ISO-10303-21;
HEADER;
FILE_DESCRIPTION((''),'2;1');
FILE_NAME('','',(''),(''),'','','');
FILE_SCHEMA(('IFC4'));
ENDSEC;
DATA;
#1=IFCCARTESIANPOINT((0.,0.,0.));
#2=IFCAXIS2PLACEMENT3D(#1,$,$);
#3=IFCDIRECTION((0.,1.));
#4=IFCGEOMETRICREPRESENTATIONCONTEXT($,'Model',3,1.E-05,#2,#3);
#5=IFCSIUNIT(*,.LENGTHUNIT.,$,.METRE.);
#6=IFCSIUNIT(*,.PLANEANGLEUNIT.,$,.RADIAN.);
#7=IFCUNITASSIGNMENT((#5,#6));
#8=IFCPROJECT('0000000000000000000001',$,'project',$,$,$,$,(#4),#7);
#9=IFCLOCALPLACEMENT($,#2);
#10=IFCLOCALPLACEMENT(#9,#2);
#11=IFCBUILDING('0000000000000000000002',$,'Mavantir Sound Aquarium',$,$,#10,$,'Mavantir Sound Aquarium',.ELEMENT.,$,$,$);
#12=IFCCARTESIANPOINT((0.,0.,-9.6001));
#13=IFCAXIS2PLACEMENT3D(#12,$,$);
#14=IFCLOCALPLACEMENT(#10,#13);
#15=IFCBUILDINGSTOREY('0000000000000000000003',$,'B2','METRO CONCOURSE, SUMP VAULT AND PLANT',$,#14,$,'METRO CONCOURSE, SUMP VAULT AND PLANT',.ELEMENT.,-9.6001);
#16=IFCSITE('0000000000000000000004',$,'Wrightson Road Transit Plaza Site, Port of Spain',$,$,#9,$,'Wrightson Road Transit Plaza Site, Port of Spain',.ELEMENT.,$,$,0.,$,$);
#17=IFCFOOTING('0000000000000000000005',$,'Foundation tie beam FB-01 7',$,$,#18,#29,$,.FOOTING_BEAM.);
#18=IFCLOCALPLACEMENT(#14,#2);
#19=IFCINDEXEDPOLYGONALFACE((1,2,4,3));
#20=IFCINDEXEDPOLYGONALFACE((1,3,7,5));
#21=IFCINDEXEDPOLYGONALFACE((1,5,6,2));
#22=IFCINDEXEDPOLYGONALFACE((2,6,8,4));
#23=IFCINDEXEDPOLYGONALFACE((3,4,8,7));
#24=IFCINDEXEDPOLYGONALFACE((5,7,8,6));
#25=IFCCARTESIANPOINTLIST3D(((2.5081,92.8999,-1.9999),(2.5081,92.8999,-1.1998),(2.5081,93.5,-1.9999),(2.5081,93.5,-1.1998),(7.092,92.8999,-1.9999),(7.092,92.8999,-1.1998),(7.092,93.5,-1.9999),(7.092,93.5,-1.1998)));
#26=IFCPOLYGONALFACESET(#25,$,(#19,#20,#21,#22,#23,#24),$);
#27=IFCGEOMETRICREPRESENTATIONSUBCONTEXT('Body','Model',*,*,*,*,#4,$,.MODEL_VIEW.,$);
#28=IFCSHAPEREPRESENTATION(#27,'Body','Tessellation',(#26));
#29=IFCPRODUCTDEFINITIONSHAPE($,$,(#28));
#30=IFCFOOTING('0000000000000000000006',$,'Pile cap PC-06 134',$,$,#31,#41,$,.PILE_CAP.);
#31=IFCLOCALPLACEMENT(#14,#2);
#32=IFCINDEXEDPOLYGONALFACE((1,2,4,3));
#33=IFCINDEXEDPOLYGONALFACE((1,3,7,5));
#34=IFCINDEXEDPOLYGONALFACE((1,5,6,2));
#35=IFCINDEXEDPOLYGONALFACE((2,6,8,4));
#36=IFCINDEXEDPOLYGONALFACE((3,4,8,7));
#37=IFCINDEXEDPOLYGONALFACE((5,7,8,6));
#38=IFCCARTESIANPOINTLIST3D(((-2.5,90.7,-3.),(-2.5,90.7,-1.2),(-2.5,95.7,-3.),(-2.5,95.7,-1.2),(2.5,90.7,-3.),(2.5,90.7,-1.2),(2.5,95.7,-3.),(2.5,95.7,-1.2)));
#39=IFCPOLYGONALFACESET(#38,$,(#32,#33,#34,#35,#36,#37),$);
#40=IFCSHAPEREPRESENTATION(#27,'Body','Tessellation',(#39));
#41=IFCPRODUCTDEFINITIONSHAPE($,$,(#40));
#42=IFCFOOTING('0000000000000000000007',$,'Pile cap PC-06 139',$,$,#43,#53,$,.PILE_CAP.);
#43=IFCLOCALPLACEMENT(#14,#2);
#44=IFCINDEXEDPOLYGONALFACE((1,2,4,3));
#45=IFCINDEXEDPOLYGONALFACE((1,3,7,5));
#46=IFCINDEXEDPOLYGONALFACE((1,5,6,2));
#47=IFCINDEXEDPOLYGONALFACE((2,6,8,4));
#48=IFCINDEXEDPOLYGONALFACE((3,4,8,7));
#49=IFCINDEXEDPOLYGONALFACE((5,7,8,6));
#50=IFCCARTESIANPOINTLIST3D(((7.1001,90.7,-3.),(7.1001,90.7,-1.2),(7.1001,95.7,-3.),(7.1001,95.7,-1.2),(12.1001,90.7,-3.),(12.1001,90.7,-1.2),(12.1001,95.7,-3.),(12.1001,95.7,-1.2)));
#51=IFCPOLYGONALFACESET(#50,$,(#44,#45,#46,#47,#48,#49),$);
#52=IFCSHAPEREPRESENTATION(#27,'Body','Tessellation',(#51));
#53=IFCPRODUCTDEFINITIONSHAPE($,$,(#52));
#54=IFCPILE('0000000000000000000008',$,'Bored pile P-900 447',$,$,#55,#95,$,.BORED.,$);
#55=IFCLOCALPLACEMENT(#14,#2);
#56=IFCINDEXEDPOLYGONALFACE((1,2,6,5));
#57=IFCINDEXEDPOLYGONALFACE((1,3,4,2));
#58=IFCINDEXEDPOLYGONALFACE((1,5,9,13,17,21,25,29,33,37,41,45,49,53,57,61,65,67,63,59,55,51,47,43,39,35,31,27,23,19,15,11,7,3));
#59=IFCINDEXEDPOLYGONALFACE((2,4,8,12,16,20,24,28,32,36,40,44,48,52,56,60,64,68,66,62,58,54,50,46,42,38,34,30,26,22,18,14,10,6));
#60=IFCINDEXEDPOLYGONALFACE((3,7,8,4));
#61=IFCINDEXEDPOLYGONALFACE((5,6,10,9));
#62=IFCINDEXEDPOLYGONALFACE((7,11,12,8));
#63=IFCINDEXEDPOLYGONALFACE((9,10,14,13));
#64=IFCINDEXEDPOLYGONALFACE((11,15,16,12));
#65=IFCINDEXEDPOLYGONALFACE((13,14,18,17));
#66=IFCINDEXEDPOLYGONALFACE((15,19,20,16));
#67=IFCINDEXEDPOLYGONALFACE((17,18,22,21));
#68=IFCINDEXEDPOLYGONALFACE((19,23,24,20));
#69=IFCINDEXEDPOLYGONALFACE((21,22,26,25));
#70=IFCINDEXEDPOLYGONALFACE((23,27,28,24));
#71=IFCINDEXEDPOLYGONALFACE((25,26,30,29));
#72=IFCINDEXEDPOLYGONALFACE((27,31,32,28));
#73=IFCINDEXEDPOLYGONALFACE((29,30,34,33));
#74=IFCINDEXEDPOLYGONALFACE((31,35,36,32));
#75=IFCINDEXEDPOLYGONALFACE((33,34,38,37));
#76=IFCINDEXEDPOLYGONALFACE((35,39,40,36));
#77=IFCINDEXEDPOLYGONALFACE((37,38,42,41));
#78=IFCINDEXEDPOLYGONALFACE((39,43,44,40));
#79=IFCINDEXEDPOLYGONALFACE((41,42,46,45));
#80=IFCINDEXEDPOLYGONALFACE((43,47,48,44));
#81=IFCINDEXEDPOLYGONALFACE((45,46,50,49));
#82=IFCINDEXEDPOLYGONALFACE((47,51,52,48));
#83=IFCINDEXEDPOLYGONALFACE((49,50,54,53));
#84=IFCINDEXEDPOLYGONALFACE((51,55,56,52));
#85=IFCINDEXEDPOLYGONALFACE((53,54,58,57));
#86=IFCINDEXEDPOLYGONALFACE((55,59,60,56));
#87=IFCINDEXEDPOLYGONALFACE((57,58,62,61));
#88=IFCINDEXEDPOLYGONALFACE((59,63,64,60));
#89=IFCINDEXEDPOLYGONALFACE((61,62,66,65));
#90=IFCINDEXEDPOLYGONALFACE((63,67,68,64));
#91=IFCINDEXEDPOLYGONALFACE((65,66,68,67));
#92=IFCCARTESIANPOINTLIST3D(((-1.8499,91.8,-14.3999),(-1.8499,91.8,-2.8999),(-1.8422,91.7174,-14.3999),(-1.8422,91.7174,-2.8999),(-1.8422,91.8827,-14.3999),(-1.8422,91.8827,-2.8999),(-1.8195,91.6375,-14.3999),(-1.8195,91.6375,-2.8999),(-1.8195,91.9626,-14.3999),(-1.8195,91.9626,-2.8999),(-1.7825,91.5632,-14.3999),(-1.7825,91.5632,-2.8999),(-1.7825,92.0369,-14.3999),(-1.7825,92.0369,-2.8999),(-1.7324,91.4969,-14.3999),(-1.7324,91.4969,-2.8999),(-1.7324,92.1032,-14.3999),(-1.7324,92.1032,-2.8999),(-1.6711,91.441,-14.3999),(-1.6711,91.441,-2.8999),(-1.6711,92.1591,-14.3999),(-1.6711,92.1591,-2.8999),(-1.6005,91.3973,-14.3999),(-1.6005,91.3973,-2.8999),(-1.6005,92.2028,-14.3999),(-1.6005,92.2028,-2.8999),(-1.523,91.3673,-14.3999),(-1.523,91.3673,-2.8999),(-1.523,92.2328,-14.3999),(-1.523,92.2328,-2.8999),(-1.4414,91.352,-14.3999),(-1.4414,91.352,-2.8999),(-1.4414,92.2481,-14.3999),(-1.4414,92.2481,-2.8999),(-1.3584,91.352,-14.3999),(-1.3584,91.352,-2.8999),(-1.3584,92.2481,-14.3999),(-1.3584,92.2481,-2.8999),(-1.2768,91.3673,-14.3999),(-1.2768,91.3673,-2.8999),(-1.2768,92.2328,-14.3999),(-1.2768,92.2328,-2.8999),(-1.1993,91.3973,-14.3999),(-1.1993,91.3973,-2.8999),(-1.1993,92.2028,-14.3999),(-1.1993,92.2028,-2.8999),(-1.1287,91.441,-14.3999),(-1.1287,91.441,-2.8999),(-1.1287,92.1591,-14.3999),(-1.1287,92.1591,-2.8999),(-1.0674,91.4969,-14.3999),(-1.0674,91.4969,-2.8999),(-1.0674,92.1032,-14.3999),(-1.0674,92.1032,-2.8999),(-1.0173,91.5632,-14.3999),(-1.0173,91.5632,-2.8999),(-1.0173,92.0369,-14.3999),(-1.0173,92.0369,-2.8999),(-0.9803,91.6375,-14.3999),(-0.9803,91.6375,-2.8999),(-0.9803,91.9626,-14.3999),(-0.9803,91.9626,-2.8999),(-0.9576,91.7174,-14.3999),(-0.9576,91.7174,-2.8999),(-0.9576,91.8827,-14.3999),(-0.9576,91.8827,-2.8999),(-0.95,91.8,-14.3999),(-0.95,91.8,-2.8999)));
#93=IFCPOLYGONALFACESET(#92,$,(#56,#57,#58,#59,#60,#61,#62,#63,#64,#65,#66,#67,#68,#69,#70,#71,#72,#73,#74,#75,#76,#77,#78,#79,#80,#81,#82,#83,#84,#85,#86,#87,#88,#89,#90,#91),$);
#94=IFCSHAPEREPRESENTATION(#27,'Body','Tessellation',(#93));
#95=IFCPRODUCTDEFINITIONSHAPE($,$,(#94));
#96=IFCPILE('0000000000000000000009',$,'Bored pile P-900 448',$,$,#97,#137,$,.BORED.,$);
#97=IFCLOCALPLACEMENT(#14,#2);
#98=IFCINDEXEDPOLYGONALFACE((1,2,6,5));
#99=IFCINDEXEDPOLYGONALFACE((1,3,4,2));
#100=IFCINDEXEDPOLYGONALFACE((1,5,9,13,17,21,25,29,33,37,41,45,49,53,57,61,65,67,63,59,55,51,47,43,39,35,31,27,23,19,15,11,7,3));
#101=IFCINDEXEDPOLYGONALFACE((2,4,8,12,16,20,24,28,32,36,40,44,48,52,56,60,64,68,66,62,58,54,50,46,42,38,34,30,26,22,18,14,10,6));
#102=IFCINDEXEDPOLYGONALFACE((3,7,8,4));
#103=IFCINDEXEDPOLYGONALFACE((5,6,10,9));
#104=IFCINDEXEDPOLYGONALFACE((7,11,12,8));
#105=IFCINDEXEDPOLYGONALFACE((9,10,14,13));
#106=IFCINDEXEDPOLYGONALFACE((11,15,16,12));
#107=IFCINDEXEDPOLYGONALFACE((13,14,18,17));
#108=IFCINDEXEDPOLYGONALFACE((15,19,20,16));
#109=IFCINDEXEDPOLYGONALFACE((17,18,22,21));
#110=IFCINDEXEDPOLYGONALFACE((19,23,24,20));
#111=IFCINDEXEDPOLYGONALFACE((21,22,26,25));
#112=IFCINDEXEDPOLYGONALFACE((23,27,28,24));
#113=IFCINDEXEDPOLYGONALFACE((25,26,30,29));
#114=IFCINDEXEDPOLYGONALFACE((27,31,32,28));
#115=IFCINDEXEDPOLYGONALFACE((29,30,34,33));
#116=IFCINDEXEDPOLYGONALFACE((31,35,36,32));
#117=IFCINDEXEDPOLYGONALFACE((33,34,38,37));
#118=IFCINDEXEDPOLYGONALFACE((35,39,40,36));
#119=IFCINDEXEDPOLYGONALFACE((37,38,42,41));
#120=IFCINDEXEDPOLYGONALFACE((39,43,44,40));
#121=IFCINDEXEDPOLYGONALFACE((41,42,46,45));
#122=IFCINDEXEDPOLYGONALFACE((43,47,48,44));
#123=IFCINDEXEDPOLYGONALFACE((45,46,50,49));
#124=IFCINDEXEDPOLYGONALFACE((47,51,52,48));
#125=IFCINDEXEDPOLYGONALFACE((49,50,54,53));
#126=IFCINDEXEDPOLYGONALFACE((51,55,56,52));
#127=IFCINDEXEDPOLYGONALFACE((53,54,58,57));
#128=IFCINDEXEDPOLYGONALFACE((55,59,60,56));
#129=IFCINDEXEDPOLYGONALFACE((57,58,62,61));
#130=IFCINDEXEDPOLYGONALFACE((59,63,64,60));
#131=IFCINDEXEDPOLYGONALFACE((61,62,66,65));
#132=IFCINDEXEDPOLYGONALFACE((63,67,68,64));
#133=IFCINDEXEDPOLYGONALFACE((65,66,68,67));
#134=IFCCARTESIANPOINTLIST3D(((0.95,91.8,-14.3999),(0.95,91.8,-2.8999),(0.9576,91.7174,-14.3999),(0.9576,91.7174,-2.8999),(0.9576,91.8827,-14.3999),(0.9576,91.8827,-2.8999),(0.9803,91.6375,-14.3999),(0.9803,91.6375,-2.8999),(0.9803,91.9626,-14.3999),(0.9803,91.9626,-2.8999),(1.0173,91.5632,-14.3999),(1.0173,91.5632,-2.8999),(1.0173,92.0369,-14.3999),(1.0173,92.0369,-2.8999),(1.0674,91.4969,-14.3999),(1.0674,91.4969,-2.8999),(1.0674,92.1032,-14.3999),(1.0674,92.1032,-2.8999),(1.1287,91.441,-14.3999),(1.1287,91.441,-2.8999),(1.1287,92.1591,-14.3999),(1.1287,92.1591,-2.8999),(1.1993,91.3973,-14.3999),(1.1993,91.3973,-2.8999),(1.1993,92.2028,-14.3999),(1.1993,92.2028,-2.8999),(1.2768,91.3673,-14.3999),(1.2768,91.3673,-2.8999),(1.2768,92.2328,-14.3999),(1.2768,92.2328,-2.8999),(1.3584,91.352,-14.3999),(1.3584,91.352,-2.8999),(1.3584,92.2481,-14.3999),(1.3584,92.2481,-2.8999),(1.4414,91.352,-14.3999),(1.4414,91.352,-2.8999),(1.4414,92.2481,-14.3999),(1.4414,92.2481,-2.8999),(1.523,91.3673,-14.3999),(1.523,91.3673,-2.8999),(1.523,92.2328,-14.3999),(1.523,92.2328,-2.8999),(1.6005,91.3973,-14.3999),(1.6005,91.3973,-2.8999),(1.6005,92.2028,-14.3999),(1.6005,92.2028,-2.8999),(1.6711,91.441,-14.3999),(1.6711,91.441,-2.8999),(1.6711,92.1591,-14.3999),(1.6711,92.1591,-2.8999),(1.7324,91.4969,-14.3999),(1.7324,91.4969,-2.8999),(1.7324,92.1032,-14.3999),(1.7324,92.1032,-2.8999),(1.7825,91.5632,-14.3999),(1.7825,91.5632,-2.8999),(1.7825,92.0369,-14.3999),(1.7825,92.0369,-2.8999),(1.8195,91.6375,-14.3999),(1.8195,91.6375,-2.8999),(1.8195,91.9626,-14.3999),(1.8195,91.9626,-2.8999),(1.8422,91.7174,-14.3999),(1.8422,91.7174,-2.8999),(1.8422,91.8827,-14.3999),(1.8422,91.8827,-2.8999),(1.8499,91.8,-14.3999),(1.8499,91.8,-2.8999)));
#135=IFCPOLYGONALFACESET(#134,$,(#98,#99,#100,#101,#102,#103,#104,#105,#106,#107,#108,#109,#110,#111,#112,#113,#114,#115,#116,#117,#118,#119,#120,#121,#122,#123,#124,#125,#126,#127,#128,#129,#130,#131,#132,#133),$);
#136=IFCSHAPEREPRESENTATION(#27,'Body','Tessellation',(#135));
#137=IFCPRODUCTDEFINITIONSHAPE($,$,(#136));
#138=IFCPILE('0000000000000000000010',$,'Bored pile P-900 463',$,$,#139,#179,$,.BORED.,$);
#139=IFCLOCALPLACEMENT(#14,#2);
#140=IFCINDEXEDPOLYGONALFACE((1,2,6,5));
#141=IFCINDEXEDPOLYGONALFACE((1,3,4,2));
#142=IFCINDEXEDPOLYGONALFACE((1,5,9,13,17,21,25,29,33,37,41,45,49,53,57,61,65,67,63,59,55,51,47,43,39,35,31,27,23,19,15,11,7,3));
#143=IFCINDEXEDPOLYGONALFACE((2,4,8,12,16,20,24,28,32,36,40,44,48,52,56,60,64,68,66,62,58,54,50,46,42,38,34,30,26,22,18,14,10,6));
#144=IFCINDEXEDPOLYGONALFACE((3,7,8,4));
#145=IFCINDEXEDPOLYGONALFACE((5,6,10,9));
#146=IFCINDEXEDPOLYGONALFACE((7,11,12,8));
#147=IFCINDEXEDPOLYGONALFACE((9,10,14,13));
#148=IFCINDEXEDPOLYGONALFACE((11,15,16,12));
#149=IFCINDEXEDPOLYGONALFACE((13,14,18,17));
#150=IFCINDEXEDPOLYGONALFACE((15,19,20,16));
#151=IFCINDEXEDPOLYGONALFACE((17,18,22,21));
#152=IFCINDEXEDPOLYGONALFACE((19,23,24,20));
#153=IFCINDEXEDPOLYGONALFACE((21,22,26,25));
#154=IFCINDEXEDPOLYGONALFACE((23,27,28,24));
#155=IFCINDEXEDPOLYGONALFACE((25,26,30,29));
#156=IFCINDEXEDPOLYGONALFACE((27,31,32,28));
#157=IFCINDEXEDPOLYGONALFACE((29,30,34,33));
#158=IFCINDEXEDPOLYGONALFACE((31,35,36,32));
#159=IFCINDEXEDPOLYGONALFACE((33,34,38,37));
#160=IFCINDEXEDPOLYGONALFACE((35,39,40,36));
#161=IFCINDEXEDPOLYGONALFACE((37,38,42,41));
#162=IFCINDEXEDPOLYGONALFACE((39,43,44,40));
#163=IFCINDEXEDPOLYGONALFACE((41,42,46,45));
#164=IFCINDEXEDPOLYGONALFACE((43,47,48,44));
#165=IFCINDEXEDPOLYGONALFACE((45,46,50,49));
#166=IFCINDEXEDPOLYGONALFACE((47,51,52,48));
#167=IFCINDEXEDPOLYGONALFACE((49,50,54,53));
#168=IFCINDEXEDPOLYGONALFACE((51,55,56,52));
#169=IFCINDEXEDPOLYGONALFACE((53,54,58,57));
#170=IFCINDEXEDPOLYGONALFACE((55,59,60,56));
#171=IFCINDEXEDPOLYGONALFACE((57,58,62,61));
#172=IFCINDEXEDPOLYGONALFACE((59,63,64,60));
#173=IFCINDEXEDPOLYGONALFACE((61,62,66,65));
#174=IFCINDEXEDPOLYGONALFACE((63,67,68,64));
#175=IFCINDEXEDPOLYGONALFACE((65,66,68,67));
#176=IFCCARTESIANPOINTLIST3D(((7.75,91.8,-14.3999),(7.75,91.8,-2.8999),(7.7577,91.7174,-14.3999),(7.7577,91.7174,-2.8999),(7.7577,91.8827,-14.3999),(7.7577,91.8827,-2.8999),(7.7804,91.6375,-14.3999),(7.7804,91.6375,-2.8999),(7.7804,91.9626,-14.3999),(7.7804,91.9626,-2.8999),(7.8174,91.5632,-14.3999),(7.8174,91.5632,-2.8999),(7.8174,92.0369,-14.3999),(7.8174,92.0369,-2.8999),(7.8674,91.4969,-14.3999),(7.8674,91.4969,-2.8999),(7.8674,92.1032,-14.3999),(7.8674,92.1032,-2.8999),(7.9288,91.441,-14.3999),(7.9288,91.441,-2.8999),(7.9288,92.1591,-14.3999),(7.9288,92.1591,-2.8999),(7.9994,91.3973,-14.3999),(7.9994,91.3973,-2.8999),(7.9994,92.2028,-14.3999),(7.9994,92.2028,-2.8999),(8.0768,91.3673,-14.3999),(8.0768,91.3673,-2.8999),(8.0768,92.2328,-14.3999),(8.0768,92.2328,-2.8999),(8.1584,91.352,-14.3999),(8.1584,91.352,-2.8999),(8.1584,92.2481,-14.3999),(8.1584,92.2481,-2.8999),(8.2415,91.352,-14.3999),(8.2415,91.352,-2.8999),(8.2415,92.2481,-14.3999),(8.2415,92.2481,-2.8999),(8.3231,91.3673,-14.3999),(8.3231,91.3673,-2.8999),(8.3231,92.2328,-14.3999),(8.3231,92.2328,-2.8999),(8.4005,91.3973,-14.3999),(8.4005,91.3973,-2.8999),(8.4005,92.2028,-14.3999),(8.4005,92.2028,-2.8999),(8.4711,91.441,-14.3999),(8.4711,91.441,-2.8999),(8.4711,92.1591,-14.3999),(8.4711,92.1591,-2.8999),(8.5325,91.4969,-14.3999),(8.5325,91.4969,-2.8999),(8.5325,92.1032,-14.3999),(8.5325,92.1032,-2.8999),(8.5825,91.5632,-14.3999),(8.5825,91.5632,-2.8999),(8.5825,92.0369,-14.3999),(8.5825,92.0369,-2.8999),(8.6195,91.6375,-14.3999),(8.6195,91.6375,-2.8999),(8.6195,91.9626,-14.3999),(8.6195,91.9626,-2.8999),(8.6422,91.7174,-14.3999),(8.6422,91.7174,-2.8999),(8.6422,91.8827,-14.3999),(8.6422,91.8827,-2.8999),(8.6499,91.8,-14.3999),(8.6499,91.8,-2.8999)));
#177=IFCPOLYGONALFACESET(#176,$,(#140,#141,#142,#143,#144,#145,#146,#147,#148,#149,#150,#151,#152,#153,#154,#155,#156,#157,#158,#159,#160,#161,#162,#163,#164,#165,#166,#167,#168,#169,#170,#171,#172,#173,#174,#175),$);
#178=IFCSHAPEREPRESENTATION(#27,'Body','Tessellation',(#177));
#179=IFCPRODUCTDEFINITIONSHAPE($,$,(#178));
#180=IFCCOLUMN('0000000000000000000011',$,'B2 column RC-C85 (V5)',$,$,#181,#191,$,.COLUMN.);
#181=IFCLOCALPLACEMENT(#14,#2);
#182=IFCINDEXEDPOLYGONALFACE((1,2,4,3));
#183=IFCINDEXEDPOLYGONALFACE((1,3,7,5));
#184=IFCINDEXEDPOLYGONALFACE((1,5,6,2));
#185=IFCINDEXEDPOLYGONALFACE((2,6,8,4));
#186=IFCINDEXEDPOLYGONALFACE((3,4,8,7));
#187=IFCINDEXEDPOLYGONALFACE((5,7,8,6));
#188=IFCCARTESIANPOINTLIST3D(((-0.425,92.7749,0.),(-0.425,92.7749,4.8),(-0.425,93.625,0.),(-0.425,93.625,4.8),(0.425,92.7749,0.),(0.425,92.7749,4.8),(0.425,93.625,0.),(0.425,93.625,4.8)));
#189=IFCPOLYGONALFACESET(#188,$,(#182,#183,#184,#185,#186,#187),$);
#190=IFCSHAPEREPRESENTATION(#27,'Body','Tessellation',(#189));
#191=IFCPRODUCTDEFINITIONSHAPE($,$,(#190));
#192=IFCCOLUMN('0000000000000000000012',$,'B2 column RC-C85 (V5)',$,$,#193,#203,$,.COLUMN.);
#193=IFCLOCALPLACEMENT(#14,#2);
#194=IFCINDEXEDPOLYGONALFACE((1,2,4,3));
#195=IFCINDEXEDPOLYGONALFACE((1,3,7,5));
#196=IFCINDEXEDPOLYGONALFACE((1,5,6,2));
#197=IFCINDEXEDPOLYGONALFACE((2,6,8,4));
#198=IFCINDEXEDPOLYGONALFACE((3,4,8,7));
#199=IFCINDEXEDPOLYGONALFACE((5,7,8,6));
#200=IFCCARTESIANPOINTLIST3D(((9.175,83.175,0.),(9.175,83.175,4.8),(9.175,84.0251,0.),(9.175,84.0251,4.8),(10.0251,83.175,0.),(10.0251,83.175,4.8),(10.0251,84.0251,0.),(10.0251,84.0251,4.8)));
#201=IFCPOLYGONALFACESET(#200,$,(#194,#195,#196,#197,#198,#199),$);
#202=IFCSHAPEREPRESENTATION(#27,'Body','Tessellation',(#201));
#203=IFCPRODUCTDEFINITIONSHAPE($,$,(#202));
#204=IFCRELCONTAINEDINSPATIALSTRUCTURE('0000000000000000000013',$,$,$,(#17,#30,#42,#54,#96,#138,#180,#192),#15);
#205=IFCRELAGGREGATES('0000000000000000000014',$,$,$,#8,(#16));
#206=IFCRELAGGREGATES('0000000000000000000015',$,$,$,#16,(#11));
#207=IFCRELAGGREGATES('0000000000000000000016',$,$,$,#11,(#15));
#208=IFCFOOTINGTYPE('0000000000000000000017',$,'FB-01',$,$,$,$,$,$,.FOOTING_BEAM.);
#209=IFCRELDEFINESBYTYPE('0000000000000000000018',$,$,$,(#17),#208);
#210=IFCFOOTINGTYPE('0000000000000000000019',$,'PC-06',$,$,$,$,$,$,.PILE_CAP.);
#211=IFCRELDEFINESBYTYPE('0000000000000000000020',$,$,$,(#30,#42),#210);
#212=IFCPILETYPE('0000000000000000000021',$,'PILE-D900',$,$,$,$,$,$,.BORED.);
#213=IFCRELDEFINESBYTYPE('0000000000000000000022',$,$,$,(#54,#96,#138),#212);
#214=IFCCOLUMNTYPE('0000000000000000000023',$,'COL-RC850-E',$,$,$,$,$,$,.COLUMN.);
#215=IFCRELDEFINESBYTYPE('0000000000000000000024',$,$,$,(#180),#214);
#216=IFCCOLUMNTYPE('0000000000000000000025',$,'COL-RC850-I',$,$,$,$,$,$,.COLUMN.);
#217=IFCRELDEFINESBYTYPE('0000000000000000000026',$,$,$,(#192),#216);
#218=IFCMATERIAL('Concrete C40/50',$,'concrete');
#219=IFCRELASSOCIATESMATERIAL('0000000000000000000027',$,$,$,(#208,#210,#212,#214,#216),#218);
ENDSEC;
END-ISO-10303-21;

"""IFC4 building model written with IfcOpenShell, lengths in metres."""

from ifc_helpers import new_model, si_unit, direction, frame, origin, origin_2d, place, context, subcontext, project, spatial, rectangle, circle, extrude, material, material_profile, profile_set, type_object, element, save


model = new_model("IFC4")

# Units and contexts
model_context = context("Model", 3, precision=1e-05, world=origin(), true_north=direction((0.0, 1.0)))
body_context = subcontext(model_context, "Body", "Model", "MODEL_VIEW")
ifc_project = project(units=[si_unit("LENGTHUNIT", "METRE"), si_unit("PLANEANGLEUNIT", "RADIAN")], contexts=[model_context])

# Site, building, storey
site_placement = place(None, origin())
site = spatial("IfcSite", under=ifc_project, at=site_placement, Name="Wrightson Road Transit Plaza Site, Port of Spain", LongName="Wrightson Road Transit Plaza Site, Port of Spain", CompositionType="ELEMENT", RefElevation=0.0)
building_placement = place(site_placement, origin())
building = spatial("IfcBuilding", under=site, at=building_placement, Name="Mavantir Sound Aquarium", LongName="Mavantir Sound Aquarium", CompositionType="ELEMENT")
storey_placement = place(building_placement, frame((0.0, 0.0, -9.6001)))
storey = spatial("IfcBuildingStorey", under=building, at=storey_placement, Name="B2", Description="METRO CONCOURSE, SUMP VAULT AND PLANT", LongName="METRO CONCOURSE, SUMP VAULT AND PLANT", CompositionType="ELEMENT", Elevation=-9.6001)

# Footings
ifc_material_1 = material(Name="Concrete C40/50", Category="concrete")
ifc_material_profile_1 = material_profile(ifc_material_1, rectangle(XDim=0.6001, YDim=0.8, at=origin_2d()), Name="RC 600X800")
ifc_profile_set_1 = profile_set([ifc_material_profile_1], Name="Concrete C40/50")
footing_type_1 = type_object("IfcFootingType", Name="FB-01", PredefinedType="FOOTING_BEAM", material=ifc_profile_set_1)
footing_placement = place(storey_placement, frame((2.5081, 93.2, -1.5999), z_axis=(1.0, 0.0, 0.0), x_axis=(0.0, 1.0, 0.0)))
element("IfcFooting", 1, at=footing_placement, inside=storey, type_object=footing_type_1, Name="Foundation tie beam FB-01 7", PredefinedType="FOOTING_BEAM", context=body_context, shape_type="SweptSolid", body=[
    extrude(rectangle(XDim=0.6001, YDim=0.8, at=origin_2d()), origin(), (0.0, 0.0, 1.0), 4.584),
])
footing_type_2 = type_object("IfcFootingType", Name="PC-06", PredefinedType="PILE_CAP", material=ifc_material_1)
for number, where, z_axis, x_axis, name in (
    (2, (0.0, 93.2, -3.0), (0.0, 0.0, 1.0), (1.0, 0.0, 0.0), "Pile cap PC-06 134"),
    (3, (9.6001, 93.2, -3.0), (0.0, 0.0, 1.0), (1.0, 0.0, 0.0), "Pile cap PC-06 139"),
):
    element("IfcFooting", number, at=place(storey_placement, frame(where, z_axis=z_axis, x_axis=x_axis)), inside=storey, type_object=footing_type_2, Name=name, PredefinedType="PILE_CAP", context=body_context, shape_type="SweptSolid", body=[
        extrude(rectangle(XDim=5.0, YDim=5.0, at=origin_2d()), origin(), (0.0, 0.0, 1.0), 1.8),
    ])

# Piles
ifc_material_profile_2 = material_profile(ifc_material_1, circle(Radius=0.45, at=origin_2d()), Name="PILE D900")
ifc_profile_set_2 = profile_set([ifc_material_profile_2], Name="Concrete C40/50")
pile_type = type_object("IfcPileType", Name="PILE-D900", PredefinedType="BORED", material=ifc_profile_set_2)
for number, where, z_axis, x_axis, name in (
    (4, (-1.3999, 91.8, -2.8999), (0.0, 0.0, -1.0), (1.0, 0.0, 0.0), "Bored pile P-900 447"),
    (5, (1.3999, 91.8, -2.8999), (0.0, 0.0, -1.0), (1.0, 0.0, 0.0), "Bored pile P-900 448"),
    (6, (8.2, 91.8, -2.8999), (0.0, 0.0, -1.0), (1.0, 0.0, 0.0), "Bored pile P-900 463"),
):
    element("IfcPile", number, at=place(storey_placement, frame(where, z_axis=z_axis, x_axis=x_axis)), inside=storey, type_object=pile_type, Name=name, PredefinedType="BORED", context=body_context, shape_type="SweptSolid", body=[
        extrude(circle(Radius=0.45, at=origin_2d()), origin(), (0.0, 0.0, 1.0), 11.5),
    ])

# Columns
ifc_material_profile_3 = material_profile(ifc_material_1, rectangle(XDim=0.8501, YDim=0.8501, at=origin_2d()), Name="RC 850X850")
ifc_profile_set_3 = profile_set([ifc_material_profile_3], Name="Concrete C40/50")
column_type_1 = type_object("IfcColumnType", Name="COL-RC850-E", PredefinedType="COLUMN", material=ifc_profile_set_3)
column_placement = place(storey_placement, frame((0.0, 93.2, 0.0), z_axis=(0.0, 0.0, 1.0), x_axis=(1.0, 0.0, 0.0)))
element("IfcColumn", 7, at=column_placement, inside=storey, type_object=column_type_1, Name="B2 column RC-C85 (V5)", PredefinedType="COLUMN", context=body_context, shape_type="SweptSolid", body=[
    extrude(rectangle(XDim=0.8501, YDim=0.8501, at=origin_2d()), origin(), (0.0, 0.0, 1.0), 4.8),
])
ifc_material_profile_4 = material_profile(ifc_material_1, rectangle(XDim=0.8501, YDim=0.8501, at=origin_2d()), Name="RC 850X850")
ifc_profile_set_4 = profile_set([ifc_material_profile_4], Name="Concrete C40/50")
column_type_2 = type_object("IfcColumnType", Name="COL-RC850-I", PredefinedType="COLUMN", material=ifc_profile_set_4)
for number, where, z_axis, x_axis, name in (
    (8, (9.6001, 83.6001, 0.0), (0.0, 0.0, 1.0), (1.0, 0.0, 0.0), "B2 column RC-C85 (V5)"),
):
    element("IfcColumn", number, at=place(storey_placement, frame(where, z_axis=z_axis, x_axis=x_axis)), inside=storey, type_object=column_type_2, Name=name, PredefinedType="COLUMN", context=body_context, shape_type="SweptSolid", body=[
        extrude(rectangle(XDim=0.8501, YDim=0.8501, at=origin_2d()), origin(), (0.0, 0.0, 1.0), 4.8),
    ])

save(model, "model.ifc")
